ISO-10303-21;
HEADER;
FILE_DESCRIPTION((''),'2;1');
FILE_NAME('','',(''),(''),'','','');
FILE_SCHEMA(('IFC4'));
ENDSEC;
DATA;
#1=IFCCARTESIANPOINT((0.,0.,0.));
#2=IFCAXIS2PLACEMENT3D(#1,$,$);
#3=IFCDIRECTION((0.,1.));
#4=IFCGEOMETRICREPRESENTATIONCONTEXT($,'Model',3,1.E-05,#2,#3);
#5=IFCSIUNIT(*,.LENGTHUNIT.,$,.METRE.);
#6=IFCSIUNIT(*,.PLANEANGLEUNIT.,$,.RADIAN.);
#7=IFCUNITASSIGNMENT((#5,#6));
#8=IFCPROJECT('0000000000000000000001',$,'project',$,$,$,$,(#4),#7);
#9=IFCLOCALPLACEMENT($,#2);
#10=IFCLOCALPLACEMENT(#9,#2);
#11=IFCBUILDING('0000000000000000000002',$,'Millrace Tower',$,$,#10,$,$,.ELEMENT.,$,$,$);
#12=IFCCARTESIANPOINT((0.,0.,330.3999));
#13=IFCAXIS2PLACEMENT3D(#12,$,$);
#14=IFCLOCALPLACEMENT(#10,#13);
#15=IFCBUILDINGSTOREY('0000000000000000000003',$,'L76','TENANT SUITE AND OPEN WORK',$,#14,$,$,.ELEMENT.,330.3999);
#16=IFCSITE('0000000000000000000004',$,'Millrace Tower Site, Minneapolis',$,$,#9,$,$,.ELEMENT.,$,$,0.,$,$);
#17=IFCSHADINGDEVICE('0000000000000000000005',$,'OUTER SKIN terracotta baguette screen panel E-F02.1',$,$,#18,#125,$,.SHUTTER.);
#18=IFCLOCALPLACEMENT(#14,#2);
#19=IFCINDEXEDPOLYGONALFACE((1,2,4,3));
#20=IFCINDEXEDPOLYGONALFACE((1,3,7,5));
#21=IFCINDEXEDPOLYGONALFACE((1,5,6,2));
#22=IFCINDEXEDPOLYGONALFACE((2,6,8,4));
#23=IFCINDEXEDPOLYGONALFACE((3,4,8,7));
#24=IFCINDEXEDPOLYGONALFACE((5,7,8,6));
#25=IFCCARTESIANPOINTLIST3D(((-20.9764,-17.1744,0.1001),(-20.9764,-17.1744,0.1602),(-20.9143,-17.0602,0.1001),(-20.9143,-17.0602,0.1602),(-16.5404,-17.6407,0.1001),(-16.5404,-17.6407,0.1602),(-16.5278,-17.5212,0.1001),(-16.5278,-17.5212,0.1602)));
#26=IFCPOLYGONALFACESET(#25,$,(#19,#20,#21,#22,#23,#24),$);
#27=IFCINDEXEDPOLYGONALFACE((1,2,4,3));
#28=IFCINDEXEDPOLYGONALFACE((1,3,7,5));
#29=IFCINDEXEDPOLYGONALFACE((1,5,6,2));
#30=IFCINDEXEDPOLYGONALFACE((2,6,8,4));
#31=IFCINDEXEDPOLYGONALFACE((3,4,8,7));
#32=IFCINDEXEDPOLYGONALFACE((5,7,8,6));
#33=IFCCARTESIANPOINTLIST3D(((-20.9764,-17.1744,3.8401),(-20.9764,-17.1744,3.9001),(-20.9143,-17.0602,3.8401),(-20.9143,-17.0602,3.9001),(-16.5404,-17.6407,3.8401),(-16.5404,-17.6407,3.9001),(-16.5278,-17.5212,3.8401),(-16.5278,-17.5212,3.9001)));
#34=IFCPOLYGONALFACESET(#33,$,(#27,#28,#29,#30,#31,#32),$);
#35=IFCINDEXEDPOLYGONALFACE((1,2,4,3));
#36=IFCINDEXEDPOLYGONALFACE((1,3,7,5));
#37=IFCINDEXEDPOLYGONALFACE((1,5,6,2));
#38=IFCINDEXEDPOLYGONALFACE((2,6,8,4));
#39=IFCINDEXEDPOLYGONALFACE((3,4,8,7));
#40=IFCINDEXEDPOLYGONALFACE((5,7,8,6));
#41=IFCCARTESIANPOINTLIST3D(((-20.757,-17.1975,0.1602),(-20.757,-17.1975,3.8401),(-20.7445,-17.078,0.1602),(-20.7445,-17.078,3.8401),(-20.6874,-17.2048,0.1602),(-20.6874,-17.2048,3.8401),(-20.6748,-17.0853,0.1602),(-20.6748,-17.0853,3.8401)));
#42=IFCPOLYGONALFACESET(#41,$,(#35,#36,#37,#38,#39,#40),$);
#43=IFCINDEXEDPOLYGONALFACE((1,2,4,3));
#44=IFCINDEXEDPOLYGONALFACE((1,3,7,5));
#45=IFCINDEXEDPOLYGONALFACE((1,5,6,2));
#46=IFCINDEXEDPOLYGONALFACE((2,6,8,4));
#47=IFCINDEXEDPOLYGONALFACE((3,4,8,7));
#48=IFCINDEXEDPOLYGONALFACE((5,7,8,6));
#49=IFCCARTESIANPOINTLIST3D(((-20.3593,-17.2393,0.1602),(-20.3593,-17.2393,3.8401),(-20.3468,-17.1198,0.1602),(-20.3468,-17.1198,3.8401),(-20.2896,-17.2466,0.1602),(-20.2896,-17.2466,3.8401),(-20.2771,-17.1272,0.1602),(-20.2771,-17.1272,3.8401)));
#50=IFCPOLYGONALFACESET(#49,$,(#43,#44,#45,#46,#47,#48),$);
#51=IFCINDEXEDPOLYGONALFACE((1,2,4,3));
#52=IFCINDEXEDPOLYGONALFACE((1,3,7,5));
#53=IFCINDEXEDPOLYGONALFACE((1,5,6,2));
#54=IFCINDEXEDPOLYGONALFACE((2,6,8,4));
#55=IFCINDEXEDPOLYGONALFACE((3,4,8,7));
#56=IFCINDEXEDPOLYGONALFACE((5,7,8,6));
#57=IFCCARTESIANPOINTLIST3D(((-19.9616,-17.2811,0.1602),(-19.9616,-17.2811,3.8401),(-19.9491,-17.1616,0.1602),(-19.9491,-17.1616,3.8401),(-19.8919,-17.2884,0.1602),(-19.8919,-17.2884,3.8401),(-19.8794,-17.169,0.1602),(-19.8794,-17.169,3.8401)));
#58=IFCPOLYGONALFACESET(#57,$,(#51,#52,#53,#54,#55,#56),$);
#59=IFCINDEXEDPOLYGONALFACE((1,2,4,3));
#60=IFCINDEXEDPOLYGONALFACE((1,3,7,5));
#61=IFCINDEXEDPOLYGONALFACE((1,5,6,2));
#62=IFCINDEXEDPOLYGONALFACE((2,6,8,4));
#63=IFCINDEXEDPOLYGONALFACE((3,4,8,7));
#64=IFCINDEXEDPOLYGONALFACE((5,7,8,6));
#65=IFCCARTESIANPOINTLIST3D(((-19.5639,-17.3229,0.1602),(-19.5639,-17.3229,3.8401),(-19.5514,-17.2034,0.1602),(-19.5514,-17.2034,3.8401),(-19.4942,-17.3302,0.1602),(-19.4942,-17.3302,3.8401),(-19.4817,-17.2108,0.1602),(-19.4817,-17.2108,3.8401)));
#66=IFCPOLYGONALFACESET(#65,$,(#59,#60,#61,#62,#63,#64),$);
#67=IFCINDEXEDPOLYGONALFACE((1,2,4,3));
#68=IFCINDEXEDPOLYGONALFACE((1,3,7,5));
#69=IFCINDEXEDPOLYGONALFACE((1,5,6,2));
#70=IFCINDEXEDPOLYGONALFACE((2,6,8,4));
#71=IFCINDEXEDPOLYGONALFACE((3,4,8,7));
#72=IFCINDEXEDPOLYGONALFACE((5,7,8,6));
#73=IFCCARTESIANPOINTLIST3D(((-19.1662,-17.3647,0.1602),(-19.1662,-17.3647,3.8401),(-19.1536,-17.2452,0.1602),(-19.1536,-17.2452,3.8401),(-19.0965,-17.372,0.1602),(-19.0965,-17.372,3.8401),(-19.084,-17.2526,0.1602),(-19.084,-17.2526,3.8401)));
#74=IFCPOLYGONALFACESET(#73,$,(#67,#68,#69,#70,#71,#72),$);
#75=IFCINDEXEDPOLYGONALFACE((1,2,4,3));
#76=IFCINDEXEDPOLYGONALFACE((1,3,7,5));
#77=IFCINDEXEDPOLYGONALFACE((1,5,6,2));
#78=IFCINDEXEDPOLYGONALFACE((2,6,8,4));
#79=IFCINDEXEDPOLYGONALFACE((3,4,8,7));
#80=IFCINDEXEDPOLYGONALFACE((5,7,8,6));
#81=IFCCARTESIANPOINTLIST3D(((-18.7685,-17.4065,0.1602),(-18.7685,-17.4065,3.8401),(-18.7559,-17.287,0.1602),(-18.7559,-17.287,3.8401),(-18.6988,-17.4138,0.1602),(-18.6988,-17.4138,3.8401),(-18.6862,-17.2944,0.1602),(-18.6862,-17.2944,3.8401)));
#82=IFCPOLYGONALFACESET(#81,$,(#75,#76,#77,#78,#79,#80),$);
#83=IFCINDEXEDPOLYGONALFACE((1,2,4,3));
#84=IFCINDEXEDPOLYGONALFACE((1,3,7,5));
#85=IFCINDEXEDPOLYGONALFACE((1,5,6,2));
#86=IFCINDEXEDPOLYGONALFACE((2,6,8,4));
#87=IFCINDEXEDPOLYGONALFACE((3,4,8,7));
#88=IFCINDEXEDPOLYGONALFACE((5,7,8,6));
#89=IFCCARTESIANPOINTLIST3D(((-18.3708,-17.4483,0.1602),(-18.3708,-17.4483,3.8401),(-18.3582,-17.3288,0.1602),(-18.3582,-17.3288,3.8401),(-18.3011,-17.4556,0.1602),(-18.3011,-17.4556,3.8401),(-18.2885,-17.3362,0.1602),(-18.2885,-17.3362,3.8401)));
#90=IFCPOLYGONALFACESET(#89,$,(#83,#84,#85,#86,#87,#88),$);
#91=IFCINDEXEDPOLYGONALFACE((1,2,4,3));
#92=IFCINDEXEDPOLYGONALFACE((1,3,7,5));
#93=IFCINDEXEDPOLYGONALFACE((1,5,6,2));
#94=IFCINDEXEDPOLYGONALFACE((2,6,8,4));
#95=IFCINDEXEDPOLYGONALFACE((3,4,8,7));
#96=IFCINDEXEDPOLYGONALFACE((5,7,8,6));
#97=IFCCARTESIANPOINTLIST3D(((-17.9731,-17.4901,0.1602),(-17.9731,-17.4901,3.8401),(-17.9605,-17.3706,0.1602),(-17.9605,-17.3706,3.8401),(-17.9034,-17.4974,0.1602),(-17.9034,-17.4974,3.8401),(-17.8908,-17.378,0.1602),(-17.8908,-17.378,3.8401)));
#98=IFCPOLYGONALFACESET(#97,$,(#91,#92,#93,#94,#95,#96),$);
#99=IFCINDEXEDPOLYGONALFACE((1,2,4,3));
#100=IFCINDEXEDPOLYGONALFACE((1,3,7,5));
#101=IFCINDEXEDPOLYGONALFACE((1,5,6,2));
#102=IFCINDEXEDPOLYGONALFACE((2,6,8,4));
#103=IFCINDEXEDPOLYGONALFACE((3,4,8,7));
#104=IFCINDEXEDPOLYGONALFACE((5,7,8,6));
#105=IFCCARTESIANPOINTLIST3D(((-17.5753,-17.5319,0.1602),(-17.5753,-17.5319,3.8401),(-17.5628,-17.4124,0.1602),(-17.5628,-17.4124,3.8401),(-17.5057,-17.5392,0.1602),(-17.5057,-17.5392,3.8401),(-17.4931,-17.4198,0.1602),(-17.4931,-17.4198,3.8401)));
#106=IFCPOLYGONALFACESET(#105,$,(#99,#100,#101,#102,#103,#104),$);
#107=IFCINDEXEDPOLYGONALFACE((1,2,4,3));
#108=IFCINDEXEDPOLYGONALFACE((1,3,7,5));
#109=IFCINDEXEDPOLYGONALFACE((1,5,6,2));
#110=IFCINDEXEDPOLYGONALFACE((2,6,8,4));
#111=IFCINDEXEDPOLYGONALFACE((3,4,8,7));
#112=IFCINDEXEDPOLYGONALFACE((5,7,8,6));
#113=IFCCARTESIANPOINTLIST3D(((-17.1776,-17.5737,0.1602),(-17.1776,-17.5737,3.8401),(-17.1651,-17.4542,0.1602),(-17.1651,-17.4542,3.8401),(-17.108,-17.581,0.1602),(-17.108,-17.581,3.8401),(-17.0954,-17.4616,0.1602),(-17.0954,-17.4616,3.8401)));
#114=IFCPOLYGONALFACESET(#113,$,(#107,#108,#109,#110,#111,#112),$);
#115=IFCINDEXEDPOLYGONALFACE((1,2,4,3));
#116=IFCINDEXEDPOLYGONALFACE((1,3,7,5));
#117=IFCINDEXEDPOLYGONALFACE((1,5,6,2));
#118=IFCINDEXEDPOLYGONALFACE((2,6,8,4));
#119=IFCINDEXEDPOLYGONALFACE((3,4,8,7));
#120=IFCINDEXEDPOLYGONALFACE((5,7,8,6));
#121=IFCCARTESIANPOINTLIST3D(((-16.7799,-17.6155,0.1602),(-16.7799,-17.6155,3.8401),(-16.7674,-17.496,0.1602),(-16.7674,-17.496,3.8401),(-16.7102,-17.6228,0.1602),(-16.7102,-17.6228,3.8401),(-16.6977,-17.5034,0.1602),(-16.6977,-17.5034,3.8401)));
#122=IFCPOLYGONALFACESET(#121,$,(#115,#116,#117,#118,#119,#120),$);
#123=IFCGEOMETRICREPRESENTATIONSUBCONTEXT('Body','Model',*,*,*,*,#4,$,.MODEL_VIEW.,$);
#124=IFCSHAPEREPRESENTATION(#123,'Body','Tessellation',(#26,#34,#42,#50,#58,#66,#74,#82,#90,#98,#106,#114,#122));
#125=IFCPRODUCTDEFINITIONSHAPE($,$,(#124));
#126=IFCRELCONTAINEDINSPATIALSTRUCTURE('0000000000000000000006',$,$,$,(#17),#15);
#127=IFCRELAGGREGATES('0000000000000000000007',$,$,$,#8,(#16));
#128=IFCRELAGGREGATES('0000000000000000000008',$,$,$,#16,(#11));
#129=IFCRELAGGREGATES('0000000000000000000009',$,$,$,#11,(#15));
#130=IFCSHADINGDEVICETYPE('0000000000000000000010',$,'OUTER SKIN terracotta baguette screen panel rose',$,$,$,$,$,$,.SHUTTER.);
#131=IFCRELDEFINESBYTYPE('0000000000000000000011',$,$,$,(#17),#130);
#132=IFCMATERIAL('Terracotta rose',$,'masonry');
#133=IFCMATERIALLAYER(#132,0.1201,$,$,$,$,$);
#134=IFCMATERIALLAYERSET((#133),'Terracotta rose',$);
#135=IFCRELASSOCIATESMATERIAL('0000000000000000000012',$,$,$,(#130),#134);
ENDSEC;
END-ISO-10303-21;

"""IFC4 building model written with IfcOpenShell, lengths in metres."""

from ifc_helpers import new_model, entity, si_unit, direction, frame, frame_2d, origin, place, context, subcontext, project, spatial, rectangle, extrude, source, transform, mapped, material, layer, layer_set, type_object, element, save


model = new_model("IFC4")

# Units and contexts
model_context = context("Model", 3, precision=1e-05, world=origin(), true_north=direction((0.0, 1.0)))
body_context = subcontext(model_context, "Body", "Model", "MODEL_VIEW")
ifc_project = project(units=[si_unit("LENGTHUNIT", "METRE"), si_unit("PLANEANGLEUNIT", "RADIAN")], contexts=[model_context])

# Site, building, storey
site_placement = place(None, origin())
site = spatial("IfcSite", under=ifc_project, at=site_placement, Name="Millrace Tower Site, Minneapolis", CompositionType="ELEMENT", RefElevation=0.0)
building_placement = place(site_placement, origin())
building = spatial("IfcBuilding", under=site, at=building_placement, Name="Millrace Tower", CompositionType="ELEMENT")
storey_placement = place(building_placement, frame((0.0, 0.0, 330.3999)))
storey = spatial("IfcBuildingStorey", under=building, at=storey_placement, Name="L76", Description="TENANT SUITE AND OPEN WORK", CompositionType="ELEMENT", Elevation=330.3999)

# Shading device
ifc_material_1 = material(Name="Terracotta rose", Category="masonry")
ifc_layer_1 = layer(ifc_material_1, 0.1201)
ifc_layer_set_1 = layer_set([ifc_layer_1], Name="Terracotta rose")
shading_device_type = type_object("IfcShadingDeviceType", Name="OUTER SKIN terracotta baguette screen panel rose", PredefinedType="SHUTTER", material=ifc_layer_set_1)
cartesian_point_1 = entity("IfcCartesianPoint", [-2.1929, 0.0601])
shared_polyline_1 = entity("IfcPolyline", [cartesian_point_1, entity("IfcCartesianPoint", [2.2178, 0.0601]), entity("IfcCartesianPoint", [2.2178, -0.0601]), entity("IfcCartesianPoint", [-2.2427, -0.0601]), cartesian_point_1])
shared_shape_1 = source(origin(), body_context, "Body", "SweptSolid", [
    entity("IfcExtrudedAreaSolid", entity("IfcArbitraryClosedProfileDef", "AREA", None, shared_polyline_1), entity("IfcAxis2Placement3D", entity("IfcCartesianPoint", [0.0, 0.0, 0.0])), entity("IfcDirection", [0.0, 0.0, 1.0]), 0.0601),
    entity("IfcExtrudedAreaSolid", entity("IfcArbitraryClosedProfileDef", "AREA", None, shared_polyline_1), entity("IfcAxis2Placement3D", entity("IfcCartesianPoint", [0.0, 0.0, 3.74])), entity("IfcDirection", [0.0, 0.0, 1.0]), 0.0601),
    extrude(rectangle(XDim=0.0701, YDim=0.1201, at=frame_2d((-1.9871, 0.0))), frame((0.0, 0.0, 0.0601)), (0.0, 0.0, 1.0), 3.6799),
    extrude(rectangle(XDim=0.0701, YDim=0.1201, at=frame_2d((-1.5872, 0.0))), frame((0.0, 0.0, 0.0601)), (0.0, 0.0, 1.0), 3.6799),
    extrude(rectangle(XDim=0.0701, YDim=0.1201, at=frame_2d((-1.1873, 0.0))), frame((0.0, 0.0, 0.0601)), (0.0, 0.0, 1.0), 3.6799),
    extrude(rectangle(XDim=0.0701, YDim=0.1201, at=frame_2d((-0.7874, 0.0))), frame((0.0, 0.0, 0.0601)), (0.0, 0.0, 1.0), 3.6799),
    extrude(rectangle(XDim=0.0701, YDim=0.1201, at=frame_2d((-0.3875, 0.0))), frame((0.0, 0.0, 0.0601)), (0.0, 0.0, 1.0), 3.6799),
    extrude(rectangle(XDim=0.0701, YDim=0.1201, at=frame_2d((0.0125, 0.0))), frame((0.0, 0.0, 0.0601)), (0.0, 0.0, 1.0), 3.6799),
    extrude(rectangle(XDim=0.0701, YDim=0.1201, at=frame_2d((0.4124, 0.0))), frame((0.0, 0.0, 0.0601)), (0.0, 0.0, 1.0), 3.6799),
    extrude(rectangle(XDim=0.0701, YDim=0.1201, at=frame_2d((0.8123, 0.0))), frame((0.0, 0.0, 0.0601)), (0.0, 0.0, 1.0), 3.6799),
    extrude(rectangle(XDim=0.0701, YDim=0.1201, at=frame_2d((1.2122, 0.0))), frame((0.0, 0.0, 0.0601)), (0.0, 0.0, 1.0), 3.6799),
    extrude(rectangle(XDim=0.0701, YDim=0.1201, at=frame_2d((1.6121, 0.0))), frame((0.0, 0.0, 0.0601)), (0.0, 0.0, 1.0), 3.6799),
    extrude(rectangle(XDim=0.0701, YDim=0.1201, at=frame_2d((2.012, 0.0))), frame((0.0, 0.0, 0.0601)), (0.0, 0.0, 1.0), 3.6799),
])
shading_device_1_placement = place(storey_placement, frame((-18.7397, -17.3491, 0.1001), z_axis=(0.0, 0.0, 1.0), x_axis=(0.994522, -0.104528, 0.0)))
element("IfcShadingDevice", 1, at=shading_device_1_placement, inside=storey, type_object=shading_device_type, Name="OUTER SKIN terracotta baguette screen panel E-F02.1", PredefinedType="SHUTTER", context=body_context, shape_type="MappedRepresentation", body=[
    mapped(shared_shape_1, transform((0.0, 0.0, 0.0), scale=1.0)),
])

save(model, "model.ifc")
